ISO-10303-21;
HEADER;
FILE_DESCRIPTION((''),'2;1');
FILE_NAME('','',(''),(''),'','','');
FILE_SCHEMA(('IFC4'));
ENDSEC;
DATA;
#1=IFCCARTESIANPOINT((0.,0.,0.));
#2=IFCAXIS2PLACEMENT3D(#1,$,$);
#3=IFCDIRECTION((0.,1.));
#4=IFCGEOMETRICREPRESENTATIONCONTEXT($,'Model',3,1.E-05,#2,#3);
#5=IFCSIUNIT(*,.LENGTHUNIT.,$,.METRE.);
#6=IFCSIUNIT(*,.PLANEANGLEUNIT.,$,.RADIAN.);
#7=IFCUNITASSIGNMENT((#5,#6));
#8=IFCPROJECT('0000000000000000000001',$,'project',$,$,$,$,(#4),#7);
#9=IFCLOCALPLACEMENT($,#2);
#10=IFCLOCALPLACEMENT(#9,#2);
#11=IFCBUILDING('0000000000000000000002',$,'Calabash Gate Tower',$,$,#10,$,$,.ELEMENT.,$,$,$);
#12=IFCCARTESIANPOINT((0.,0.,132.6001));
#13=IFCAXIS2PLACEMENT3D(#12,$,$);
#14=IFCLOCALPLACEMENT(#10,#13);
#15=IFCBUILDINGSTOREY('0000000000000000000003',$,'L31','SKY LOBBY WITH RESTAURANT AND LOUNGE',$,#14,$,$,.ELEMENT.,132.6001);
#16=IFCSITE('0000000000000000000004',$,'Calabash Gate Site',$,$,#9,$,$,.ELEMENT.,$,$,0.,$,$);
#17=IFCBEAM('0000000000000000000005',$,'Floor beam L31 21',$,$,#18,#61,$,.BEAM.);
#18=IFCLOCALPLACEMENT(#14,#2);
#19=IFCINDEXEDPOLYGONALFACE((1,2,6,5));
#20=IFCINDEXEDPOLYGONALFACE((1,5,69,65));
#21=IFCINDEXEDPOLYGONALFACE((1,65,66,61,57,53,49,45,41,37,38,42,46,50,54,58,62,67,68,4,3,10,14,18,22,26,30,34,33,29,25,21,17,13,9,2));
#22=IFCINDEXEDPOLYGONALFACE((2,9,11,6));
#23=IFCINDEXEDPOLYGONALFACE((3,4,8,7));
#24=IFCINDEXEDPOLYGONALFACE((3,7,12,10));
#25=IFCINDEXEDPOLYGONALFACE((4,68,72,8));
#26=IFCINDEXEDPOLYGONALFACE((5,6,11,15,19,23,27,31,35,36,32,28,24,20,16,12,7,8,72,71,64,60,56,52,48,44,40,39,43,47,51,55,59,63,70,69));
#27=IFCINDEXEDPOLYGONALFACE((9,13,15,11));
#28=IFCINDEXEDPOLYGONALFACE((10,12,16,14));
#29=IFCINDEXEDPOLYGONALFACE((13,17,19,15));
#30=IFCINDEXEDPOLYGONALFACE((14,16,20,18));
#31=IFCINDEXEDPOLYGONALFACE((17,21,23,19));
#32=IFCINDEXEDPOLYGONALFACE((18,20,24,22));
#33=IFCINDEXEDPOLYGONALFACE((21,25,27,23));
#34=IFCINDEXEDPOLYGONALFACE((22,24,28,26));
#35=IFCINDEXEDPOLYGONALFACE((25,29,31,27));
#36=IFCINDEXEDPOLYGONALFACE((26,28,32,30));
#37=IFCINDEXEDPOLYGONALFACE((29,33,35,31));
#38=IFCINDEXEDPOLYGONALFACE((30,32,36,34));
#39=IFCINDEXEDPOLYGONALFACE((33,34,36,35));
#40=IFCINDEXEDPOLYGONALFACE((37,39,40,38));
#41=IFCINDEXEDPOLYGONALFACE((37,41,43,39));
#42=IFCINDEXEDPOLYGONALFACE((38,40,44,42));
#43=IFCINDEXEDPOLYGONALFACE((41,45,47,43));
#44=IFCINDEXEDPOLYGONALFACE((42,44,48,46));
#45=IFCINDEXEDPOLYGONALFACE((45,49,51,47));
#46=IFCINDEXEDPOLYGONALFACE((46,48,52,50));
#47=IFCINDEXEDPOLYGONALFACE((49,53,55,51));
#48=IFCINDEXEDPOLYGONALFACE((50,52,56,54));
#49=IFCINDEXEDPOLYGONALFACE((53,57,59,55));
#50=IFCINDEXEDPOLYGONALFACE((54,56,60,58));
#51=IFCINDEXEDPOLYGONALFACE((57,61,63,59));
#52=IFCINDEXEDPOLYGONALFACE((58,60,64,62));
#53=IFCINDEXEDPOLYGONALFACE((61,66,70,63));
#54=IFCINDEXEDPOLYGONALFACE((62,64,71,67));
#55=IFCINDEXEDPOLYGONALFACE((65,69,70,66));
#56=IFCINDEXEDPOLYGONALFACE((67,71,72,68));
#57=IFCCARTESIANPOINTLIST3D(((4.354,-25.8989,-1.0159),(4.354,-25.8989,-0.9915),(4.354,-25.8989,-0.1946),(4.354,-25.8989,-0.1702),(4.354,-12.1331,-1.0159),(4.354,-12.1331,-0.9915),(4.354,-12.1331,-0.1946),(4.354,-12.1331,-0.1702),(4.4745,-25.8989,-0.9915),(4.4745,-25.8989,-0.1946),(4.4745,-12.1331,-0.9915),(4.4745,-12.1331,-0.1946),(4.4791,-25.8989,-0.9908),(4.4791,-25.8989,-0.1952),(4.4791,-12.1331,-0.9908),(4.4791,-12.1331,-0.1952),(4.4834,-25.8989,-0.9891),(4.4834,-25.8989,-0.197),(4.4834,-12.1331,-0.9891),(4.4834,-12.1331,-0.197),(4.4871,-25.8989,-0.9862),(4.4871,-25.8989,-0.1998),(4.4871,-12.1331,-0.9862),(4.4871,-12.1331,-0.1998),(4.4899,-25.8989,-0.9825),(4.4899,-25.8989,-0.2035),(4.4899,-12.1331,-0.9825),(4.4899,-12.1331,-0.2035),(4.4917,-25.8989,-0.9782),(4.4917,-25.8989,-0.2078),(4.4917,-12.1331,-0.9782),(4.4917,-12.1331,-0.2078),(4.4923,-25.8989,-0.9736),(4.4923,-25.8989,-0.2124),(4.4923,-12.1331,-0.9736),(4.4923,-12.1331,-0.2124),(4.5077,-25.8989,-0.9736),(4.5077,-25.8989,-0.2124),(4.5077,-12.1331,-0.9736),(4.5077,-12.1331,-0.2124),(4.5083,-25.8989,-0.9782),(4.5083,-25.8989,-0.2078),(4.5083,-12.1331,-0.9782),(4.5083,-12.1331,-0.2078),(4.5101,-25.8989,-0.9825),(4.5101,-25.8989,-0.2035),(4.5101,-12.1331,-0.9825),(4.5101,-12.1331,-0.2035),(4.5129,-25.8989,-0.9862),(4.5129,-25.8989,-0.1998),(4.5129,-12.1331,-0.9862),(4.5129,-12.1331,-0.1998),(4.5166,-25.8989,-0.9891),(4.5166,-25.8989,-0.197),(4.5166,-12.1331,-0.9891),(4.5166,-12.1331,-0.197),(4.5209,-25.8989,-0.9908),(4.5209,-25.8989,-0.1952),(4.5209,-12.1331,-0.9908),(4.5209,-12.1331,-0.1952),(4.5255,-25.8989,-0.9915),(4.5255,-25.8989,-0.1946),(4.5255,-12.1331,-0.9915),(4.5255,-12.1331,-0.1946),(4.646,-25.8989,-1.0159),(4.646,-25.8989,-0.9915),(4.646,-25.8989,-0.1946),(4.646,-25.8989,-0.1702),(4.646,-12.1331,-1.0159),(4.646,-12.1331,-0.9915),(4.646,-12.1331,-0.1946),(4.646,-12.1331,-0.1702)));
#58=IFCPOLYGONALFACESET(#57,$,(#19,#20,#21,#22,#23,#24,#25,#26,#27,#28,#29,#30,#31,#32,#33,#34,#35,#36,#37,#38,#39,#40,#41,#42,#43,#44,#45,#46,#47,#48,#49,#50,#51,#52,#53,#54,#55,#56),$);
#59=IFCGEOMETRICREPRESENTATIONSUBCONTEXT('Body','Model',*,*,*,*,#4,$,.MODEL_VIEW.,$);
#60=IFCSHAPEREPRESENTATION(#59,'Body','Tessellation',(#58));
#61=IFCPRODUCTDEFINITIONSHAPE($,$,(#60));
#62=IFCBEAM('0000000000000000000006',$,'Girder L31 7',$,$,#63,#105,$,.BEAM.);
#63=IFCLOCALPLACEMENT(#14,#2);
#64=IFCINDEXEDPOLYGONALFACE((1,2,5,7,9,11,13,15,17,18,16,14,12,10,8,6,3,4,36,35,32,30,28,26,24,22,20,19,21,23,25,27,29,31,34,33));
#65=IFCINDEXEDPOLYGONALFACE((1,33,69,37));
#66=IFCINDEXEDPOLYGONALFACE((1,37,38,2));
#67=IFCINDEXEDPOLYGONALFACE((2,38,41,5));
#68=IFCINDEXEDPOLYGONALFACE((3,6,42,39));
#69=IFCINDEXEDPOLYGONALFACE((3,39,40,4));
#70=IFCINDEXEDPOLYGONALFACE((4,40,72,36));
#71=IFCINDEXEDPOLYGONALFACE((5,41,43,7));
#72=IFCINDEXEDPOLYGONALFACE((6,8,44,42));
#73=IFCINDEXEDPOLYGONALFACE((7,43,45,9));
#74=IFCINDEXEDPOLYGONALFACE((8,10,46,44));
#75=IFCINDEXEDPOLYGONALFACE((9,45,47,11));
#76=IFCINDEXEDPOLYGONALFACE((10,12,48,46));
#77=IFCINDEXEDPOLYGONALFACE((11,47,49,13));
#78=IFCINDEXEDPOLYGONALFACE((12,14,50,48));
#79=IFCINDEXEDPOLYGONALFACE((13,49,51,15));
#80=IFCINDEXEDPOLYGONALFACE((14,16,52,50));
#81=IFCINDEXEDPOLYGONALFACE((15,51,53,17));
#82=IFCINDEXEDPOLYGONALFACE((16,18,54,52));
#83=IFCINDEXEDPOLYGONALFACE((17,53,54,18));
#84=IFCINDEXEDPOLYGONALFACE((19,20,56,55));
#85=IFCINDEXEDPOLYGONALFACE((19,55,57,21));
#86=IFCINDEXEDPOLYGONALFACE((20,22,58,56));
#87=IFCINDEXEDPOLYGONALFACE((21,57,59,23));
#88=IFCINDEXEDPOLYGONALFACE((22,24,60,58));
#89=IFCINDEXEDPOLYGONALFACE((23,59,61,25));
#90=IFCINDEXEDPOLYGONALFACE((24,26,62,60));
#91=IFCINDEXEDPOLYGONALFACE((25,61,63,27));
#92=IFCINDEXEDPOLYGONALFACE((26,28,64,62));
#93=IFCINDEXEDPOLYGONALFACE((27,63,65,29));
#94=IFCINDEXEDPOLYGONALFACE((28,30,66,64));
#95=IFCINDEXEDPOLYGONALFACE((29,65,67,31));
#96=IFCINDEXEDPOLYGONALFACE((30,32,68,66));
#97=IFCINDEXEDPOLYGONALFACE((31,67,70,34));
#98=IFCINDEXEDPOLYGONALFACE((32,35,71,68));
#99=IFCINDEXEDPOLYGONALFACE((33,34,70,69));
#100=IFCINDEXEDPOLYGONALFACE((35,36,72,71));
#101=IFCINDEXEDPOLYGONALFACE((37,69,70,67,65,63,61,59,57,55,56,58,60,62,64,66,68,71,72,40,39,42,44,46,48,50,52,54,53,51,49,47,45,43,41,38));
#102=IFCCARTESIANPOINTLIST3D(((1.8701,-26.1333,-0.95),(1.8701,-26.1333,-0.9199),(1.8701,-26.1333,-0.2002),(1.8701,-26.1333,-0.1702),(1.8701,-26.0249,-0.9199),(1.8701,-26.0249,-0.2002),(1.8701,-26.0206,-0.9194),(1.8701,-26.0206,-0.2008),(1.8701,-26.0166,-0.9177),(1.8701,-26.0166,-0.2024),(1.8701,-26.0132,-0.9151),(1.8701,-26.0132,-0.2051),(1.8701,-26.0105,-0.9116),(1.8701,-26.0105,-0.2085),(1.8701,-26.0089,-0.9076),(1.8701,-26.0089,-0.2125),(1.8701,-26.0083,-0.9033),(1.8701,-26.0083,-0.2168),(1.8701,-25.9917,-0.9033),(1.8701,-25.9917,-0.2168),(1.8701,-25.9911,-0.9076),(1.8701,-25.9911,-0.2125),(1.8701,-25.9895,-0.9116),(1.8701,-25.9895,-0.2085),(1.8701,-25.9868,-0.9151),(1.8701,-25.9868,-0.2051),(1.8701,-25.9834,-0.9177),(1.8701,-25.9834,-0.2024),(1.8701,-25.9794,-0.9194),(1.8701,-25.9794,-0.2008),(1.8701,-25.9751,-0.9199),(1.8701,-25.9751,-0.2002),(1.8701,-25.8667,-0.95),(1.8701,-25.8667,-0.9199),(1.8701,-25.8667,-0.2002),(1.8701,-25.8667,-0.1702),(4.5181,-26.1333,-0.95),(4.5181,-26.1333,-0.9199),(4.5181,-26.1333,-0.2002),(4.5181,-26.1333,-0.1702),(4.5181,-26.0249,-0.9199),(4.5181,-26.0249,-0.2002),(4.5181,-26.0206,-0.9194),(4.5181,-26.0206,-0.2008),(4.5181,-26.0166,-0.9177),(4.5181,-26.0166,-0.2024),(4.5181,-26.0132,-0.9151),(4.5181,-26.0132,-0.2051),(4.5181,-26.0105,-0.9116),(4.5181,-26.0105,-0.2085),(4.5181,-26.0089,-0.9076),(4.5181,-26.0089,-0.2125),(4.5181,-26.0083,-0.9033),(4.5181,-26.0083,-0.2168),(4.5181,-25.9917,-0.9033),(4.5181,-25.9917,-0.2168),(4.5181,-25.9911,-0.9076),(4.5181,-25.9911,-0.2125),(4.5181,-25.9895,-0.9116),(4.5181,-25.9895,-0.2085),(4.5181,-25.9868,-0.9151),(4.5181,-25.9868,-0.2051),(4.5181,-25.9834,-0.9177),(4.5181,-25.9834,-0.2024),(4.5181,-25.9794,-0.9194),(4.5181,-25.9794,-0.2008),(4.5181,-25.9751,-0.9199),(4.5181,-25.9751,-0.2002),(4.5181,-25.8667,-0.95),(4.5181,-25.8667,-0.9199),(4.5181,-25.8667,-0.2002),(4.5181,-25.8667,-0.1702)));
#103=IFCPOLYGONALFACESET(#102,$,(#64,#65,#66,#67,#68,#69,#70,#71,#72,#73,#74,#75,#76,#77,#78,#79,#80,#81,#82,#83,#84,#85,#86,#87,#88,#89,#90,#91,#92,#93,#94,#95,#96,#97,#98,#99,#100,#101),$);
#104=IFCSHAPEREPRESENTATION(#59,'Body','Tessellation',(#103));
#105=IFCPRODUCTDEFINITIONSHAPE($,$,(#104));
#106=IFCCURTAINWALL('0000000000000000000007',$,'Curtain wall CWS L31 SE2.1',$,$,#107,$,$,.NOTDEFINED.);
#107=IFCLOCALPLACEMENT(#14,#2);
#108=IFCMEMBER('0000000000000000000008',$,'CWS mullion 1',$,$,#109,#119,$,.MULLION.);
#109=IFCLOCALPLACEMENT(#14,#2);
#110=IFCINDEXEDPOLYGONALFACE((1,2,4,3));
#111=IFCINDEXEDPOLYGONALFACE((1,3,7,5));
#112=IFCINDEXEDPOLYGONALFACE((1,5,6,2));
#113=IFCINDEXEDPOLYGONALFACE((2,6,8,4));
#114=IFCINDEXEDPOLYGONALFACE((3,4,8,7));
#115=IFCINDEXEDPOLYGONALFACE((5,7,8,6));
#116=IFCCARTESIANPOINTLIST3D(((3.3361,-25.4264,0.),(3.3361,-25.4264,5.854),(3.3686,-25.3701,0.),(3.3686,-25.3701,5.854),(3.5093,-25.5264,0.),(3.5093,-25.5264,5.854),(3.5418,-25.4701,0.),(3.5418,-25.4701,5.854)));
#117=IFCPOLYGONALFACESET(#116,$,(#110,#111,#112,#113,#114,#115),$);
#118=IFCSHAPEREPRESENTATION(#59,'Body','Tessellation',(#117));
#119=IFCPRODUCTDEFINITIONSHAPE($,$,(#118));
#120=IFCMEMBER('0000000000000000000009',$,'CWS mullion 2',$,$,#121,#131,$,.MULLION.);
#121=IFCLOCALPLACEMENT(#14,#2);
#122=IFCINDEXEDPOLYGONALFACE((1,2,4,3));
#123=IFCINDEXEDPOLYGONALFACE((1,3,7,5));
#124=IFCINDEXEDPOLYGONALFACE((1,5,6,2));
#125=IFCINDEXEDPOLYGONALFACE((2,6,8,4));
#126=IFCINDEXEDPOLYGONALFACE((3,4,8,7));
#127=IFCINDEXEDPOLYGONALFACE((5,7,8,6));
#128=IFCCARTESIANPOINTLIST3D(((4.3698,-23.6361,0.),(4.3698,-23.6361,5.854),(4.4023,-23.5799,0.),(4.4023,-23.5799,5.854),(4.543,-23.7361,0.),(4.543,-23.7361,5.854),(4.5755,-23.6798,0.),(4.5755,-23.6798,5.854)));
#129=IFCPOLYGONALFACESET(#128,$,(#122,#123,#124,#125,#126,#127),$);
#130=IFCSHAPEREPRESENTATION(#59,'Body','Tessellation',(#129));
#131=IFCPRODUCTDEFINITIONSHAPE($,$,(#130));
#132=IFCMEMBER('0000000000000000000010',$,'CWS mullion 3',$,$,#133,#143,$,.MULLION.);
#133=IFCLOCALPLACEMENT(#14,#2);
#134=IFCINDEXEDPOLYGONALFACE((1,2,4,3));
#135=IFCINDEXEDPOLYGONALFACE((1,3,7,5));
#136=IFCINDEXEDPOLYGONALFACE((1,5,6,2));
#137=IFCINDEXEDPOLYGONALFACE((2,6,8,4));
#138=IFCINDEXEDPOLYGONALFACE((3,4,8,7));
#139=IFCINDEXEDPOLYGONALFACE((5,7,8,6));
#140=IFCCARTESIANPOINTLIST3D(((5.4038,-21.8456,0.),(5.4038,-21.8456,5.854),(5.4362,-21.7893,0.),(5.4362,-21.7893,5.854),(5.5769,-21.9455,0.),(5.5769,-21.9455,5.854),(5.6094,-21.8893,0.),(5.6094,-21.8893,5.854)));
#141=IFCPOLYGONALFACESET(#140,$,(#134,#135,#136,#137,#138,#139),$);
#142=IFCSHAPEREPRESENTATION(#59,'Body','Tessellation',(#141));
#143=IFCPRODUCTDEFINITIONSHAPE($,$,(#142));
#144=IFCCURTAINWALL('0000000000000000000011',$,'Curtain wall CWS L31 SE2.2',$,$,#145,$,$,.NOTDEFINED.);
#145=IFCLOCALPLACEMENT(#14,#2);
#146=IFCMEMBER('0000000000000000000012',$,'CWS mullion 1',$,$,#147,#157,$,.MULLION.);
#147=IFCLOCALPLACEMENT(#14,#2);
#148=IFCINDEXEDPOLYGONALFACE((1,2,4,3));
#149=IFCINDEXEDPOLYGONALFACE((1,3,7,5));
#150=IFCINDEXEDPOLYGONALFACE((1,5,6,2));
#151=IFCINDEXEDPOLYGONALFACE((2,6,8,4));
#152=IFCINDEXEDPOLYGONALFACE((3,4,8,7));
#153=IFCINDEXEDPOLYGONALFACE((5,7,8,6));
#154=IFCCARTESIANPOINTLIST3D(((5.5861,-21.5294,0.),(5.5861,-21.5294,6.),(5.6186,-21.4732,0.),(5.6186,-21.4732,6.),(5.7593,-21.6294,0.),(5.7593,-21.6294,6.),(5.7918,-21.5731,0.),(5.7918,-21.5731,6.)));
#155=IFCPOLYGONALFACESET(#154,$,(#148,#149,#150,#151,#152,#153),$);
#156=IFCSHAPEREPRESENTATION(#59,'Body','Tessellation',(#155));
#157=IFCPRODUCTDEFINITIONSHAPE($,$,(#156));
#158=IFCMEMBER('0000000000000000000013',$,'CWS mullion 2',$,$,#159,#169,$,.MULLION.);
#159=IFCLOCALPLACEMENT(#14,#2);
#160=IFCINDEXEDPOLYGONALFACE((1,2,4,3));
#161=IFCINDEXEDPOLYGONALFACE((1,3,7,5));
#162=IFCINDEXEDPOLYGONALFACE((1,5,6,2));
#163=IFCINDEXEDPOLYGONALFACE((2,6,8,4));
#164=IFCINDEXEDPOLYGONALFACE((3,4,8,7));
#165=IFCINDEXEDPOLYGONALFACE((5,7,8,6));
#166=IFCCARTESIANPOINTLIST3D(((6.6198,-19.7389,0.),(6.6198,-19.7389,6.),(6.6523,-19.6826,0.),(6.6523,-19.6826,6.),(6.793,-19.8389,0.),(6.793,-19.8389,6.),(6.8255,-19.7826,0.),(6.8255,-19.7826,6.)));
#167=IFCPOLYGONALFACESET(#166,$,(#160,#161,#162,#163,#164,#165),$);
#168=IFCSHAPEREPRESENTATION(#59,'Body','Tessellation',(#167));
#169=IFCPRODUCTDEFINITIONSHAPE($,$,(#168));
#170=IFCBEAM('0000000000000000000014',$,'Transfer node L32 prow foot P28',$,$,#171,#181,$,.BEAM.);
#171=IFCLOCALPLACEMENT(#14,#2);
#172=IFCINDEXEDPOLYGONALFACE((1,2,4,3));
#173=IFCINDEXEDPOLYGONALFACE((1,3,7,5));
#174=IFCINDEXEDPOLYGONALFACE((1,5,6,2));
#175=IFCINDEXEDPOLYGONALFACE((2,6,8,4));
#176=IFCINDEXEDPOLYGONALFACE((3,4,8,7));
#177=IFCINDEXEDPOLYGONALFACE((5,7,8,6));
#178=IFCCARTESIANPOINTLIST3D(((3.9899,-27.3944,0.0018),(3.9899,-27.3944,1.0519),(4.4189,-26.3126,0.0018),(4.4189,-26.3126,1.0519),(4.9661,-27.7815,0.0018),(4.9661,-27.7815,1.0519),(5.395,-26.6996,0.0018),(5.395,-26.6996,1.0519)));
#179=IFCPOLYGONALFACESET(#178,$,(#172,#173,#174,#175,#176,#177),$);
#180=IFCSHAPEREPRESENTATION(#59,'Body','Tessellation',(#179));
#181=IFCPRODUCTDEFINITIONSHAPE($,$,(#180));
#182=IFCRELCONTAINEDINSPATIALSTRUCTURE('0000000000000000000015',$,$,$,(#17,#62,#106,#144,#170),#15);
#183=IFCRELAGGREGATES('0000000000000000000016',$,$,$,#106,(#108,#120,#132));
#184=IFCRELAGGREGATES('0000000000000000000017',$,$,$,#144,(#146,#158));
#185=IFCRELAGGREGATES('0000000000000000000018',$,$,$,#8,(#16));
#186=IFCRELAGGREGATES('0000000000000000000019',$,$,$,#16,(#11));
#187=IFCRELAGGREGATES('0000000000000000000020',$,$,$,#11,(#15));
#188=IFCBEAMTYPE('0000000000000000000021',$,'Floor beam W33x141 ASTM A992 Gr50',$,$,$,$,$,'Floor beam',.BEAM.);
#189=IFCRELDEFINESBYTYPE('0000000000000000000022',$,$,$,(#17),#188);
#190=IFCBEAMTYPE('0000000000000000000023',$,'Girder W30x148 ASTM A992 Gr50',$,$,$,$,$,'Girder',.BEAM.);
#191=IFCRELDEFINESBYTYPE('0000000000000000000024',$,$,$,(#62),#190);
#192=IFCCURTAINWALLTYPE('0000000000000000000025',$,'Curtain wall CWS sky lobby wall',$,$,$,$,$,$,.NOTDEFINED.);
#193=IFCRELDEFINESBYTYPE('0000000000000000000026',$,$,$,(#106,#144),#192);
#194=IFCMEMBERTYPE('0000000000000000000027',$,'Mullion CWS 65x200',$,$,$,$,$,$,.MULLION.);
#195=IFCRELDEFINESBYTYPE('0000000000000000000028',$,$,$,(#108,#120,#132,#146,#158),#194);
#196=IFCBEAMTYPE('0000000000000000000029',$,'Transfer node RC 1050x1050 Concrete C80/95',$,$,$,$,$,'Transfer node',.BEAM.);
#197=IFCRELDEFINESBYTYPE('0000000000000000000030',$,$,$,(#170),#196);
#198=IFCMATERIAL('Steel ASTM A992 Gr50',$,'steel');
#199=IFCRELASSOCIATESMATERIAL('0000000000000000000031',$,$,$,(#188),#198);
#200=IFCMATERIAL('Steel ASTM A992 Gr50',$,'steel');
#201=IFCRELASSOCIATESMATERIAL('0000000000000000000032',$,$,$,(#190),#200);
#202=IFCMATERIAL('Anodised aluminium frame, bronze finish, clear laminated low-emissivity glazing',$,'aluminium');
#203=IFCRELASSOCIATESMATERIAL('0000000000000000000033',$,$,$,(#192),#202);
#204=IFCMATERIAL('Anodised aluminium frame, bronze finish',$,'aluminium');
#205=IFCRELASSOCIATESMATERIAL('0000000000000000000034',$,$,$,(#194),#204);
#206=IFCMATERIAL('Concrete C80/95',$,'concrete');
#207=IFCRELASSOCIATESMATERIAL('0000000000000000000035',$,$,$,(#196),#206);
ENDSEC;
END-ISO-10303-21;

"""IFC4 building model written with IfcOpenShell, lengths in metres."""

from ifc_helpers import new_model, si_unit, direction, frame, origin, origin_2d, place, context, subcontext, project, spatial, rectangle, i_section, extrude, material, material_profile, profile_set, type_object, element, aggregate, save


model = new_model("IFC4")

# Units and contexts
model_context = context("Model", 3, precision=1e-05, world=origin(), true_north=direction((0.0, 1.0)))
body_context = subcontext(model_context, "Body", "Model", "MODEL_VIEW")
ifc_project = project(units=[si_unit("LENGTHUNIT", "METRE"), si_unit("PLANEANGLEUNIT", "RADIAN")], contexts=[model_context])

# Site, building, storey
site_placement = place(None, origin())
site = spatial("IfcSite", under=ifc_project, at=site_placement, Name="Calabash Gate Site", CompositionType="ELEMENT", RefElevation=0.0)
building_placement = place(site_placement, origin())
building = spatial("IfcBuilding", under=site, at=building_placement, Name="Calabash Gate Tower", CompositionType="ELEMENT")
storey_placement = place(building_placement, frame((0.0, 0.0, 132.6001)))
storey = spatial("IfcBuildingStorey", under=building, at=storey_placement, Name="L31", Description="SKY LOBBY WITH RESTAURANT AND LOUNGE", CompositionType="ELEMENT", Elevation=132.6001)

# Beams
ifc_material_1 = material(Name="Steel ASTM A992 Gr50", Category="steel")
ifc_material_profile_1 = material_profile(ifc_material_1, i_section(OverallWidth=0.292, OverallDepth=0.8457, WebThickness=0.0154, FlangeThickness=0.0244, FilletRadius=0.0178, at=origin_2d()))
ifc_profile_set_1 = profile_set([ifc_material_profile_1], Name="Steel ASTM A992 Gr50")
beam_type_1 = type_object("IfcBeamType", Name="Floor beam W33x141 ASTM A992 Gr50", ElementType="Floor beam", PredefinedType="BEAM", material=ifc_profile_set_1)
beam_1_placement = place(storey_placement, frame((4.5, -25.8989, -0.593), z_axis=(0.0, 1.0, 0.0), x_axis=(-1.0, 0.0, 0.0)))
element("IfcBeam", 1, at=beam_1_placement, inside=storey, type_object=beam_type_1, Name="Floor beam L31 21", PredefinedType="BEAM", context=body_context, shape_type="SweptSolid", body=[
    extrude(i_section(OverallWidth=0.292, OverallDepth=0.8457, WebThickness=0.0154, FlangeThickness=0.0244, FilletRadius=0.0178, at=origin_2d()), origin(), (0.0, 0.0, 1.0), 13.7659),
])
ifc_material_2 = material(Name="Steel ASTM A992 Gr50", Category="steel")
ifc_material_profile_2 = material_profile(ifc_material_2, i_section(OverallWidth=0.2666, OverallDepth=0.7798, WebThickness=0.0166, FlangeThickness=0.03, FilletRadius=0.0166, at=origin_2d()))
ifc_profile_set_2 = profile_set([ifc_material_profile_2], Name="Steel ASTM A992 Gr50")
beam_type_2 = type_object("IfcBeamType", Name="Girder W30x148 ASTM A992 Gr50", ElementType="Girder", PredefinedType="BEAM", material=ifc_profile_set_2)
beam_2_placement = place(storey_placement, frame((1.8701, -26.0, -0.5601), z_axis=(1.0, 0.0, 0.0), x_axis=(0.0, 1.0, 0.0)))
element("IfcBeam", 2, at=beam_2_placement, inside=storey, type_object=beam_type_2, Name="Girder L31 7", PredefinedType="BEAM", context=body_context, shape_type="SweptSolid", body=[
    extrude(i_section(OverallWidth=0.2666, OverallDepth=0.7798, WebThickness=0.0166, FlangeThickness=0.03, FilletRadius=0.0166, at=origin_2d()), origin(), (0.0, 0.0, 1.0), 2.6479),
])

# Curtain walls, members
ifc_material_3 = material(Name="Anodised aluminium frame, bronze finish, clear laminated low-emissivity glazing", Category="aluminium")
curtain_wall_type = type_object("IfcCurtainWallType", Name="Curtain wall CWS sky lobby wall", PredefinedType="NOTDEFINED", material=ifc_material_3)
curtain_wall_1_placement = place(storey_placement, origin())
curtain_wall_1 = element("IfcCurtainWall", 3, at=curtain_wall_1_placement, inside=storey, type_object=curtain_wall_type, Name="Curtain wall CWS L31 SE2.1", PredefinedType="NOTDEFINED")
ifc_material_4 = material(Name="Anodised aluminium frame, bronze finish", Category="aluminium")
ifc_material_profile_3 = material_profile(ifc_material_4, rectangle(XDim=0.2, YDim=0.0649, at=origin_2d()))
ifc_profile_set_3 = profile_set([ifc_material_profile_3], Name="Anodised aluminium frame, bronze finish")
member_type_1 = type_object("IfcMemberType", Name="Mullion CWS 65x200", PredefinedType="MULLION", material=ifc_profile_set_3)
member_1_placement = place(storey_placement, frame((3.439, -25.4482, 0.0), z_axis=(0.0, 0.0, 1.0), x_axis=(-0.866025, 0.5, 0.0)))
member_1 = element("IfcMember", 4, at=member_1_placement, type_object=member_type_1, Name="CWS mullion 1", PredefinedType="MULLION", context=body_context, shape_type="SweptSolid", body=[
    extrude(rectangle(XDim=0.2, YDim=0.0649, at=origin_2d()), origin(), (0.0, 0.0, 1.0), 5.854),
])
member_2_placement = place(storey_placement, frame((4.4727, -23.658, 0.0), z_axis=(0.0, 0.0, 1.0), x_axis=(-0.866025, 0.5, 0.0)))
member_2 = element("IfcMember", 5, at=member_2_placement, type_object=member_type_1, Name="CWS mullion 2", PredefinedType="MULLION", context=body_context, shape_type="SweptSolid", body=[
    extrude(rectangle(XDim=0.2, YDim=0.0649, at=origin_2d()), origin(), (0.0, 0.0, 1.0), 5.854),
])
member_3_placement = place(storey_placement, frame((5.5066, -21.8674, 0.0), z_axis=(0.0, 0.0, 1.0), x_axis=(-0.866025, 0.5, 0.0)))
member_3 = element("IfcMember", 6, at=member_3_placement, type_object=member_type_1, Name="CWS mullion 3", PredefinedType="MULLION", context=body_context, shape_type="SweptSolid", body=[
    extrude(rectangle(XDim=0.2, YDim=0.0649, at=origin_2d()), origin(), (0.0, 0.0, 1.0), 5.854),
])
curtain_wall_2_placement = place(storey_placement, origin())
curtain_wall_2 = element("IfcCurtainWall", 7, at=curtain_wall_2_placement, inside=storey, type_object=curtain_wall_type, Name="Curtain wall CWS L31 SE2.2", PredefinedType="NOTDEFINED")
member_4_placement = place(storey_placement, frame((5.689, -21.5513, 0.0), z_axis=(0.0, 0.0, 1.0), x_axis=(-0.866025, 0.5, 0.0)))
member_4 = element("IfcMember", 8, at=member_4_placement, type_object=member_type_1, Name="CWS mullion 1", PredefinedType="MULLION", context=body_context, shape_type="SweptSolid", body=[
    extrude(rectangle(XDim=0.2, YDim=0.0649, at=origin_2d()), origin(), (0.0, 0.0, 1.0), 6.0),
])
member_5_placement = place(storey_placement, frame((6.7227, -19.7607, 0.0), z_axis=(0.0, 0.0, 1.0), x_axis=(-0.866025, 0.5, 0.0)))
member_5 = element("IfcMember", 9, at=member_5_placement, type_object=member_type_1, Name="CWS mullion 2", PredefinedType="MULLION", context=body_context, shape_type="SweptSolid", body=[
    extrude(rectangle(XDim=0.2, YDim=0.0649, at=origin_2d()), origin(), (0.0, 0.0, 1.0), 6.0),
])

# Beam
ifc_material_5 = material(Name="Concrete C80/95", Category="concrete")
ifc_material_profile_4 = material_profile(ifc_material_5, rectangle(XDim=1.05, YDim=1.05, at=origin_2d()))
ifc_profile_set_4 = profile_set([ifc_material_profile_4], Name="Concrete C80/95")
beam_type_3 = type_object("IfcBeamType", Name="Transfer node RC 1050x1050 Concrete C80/95", ElementType="Transfer node", PredefinedType="BEAM", material=ifc_profile_set_4)
beam_3_placement = place(storey_placement, frame((4.907, -26.5061, 0.5269), z_axis=(-0.368604, -0.929587, 0.0), x_axis=(0.929587, -0.368604, 0.0)))
element("IfcBeam", 10, at=beam_3_placement, inside=storey, type_object=beam_type_3, Name="Transfer node L32 prow foot P28", PredefinedType="BEAM", context=body_context, shape_type="SweptSolid", body=[
    extrude(rectangle(XDim=1.05, YDim=1.05, at=origin_2d()), origin(), (0.0, 0.0, 1.0), 1.1638),
])

aggregate(curtain_wall_1, [member_1, member_2, member_3])
aggregate(curtain_wall_2, [member_4, member_5])

save(model, "model.ifc")
